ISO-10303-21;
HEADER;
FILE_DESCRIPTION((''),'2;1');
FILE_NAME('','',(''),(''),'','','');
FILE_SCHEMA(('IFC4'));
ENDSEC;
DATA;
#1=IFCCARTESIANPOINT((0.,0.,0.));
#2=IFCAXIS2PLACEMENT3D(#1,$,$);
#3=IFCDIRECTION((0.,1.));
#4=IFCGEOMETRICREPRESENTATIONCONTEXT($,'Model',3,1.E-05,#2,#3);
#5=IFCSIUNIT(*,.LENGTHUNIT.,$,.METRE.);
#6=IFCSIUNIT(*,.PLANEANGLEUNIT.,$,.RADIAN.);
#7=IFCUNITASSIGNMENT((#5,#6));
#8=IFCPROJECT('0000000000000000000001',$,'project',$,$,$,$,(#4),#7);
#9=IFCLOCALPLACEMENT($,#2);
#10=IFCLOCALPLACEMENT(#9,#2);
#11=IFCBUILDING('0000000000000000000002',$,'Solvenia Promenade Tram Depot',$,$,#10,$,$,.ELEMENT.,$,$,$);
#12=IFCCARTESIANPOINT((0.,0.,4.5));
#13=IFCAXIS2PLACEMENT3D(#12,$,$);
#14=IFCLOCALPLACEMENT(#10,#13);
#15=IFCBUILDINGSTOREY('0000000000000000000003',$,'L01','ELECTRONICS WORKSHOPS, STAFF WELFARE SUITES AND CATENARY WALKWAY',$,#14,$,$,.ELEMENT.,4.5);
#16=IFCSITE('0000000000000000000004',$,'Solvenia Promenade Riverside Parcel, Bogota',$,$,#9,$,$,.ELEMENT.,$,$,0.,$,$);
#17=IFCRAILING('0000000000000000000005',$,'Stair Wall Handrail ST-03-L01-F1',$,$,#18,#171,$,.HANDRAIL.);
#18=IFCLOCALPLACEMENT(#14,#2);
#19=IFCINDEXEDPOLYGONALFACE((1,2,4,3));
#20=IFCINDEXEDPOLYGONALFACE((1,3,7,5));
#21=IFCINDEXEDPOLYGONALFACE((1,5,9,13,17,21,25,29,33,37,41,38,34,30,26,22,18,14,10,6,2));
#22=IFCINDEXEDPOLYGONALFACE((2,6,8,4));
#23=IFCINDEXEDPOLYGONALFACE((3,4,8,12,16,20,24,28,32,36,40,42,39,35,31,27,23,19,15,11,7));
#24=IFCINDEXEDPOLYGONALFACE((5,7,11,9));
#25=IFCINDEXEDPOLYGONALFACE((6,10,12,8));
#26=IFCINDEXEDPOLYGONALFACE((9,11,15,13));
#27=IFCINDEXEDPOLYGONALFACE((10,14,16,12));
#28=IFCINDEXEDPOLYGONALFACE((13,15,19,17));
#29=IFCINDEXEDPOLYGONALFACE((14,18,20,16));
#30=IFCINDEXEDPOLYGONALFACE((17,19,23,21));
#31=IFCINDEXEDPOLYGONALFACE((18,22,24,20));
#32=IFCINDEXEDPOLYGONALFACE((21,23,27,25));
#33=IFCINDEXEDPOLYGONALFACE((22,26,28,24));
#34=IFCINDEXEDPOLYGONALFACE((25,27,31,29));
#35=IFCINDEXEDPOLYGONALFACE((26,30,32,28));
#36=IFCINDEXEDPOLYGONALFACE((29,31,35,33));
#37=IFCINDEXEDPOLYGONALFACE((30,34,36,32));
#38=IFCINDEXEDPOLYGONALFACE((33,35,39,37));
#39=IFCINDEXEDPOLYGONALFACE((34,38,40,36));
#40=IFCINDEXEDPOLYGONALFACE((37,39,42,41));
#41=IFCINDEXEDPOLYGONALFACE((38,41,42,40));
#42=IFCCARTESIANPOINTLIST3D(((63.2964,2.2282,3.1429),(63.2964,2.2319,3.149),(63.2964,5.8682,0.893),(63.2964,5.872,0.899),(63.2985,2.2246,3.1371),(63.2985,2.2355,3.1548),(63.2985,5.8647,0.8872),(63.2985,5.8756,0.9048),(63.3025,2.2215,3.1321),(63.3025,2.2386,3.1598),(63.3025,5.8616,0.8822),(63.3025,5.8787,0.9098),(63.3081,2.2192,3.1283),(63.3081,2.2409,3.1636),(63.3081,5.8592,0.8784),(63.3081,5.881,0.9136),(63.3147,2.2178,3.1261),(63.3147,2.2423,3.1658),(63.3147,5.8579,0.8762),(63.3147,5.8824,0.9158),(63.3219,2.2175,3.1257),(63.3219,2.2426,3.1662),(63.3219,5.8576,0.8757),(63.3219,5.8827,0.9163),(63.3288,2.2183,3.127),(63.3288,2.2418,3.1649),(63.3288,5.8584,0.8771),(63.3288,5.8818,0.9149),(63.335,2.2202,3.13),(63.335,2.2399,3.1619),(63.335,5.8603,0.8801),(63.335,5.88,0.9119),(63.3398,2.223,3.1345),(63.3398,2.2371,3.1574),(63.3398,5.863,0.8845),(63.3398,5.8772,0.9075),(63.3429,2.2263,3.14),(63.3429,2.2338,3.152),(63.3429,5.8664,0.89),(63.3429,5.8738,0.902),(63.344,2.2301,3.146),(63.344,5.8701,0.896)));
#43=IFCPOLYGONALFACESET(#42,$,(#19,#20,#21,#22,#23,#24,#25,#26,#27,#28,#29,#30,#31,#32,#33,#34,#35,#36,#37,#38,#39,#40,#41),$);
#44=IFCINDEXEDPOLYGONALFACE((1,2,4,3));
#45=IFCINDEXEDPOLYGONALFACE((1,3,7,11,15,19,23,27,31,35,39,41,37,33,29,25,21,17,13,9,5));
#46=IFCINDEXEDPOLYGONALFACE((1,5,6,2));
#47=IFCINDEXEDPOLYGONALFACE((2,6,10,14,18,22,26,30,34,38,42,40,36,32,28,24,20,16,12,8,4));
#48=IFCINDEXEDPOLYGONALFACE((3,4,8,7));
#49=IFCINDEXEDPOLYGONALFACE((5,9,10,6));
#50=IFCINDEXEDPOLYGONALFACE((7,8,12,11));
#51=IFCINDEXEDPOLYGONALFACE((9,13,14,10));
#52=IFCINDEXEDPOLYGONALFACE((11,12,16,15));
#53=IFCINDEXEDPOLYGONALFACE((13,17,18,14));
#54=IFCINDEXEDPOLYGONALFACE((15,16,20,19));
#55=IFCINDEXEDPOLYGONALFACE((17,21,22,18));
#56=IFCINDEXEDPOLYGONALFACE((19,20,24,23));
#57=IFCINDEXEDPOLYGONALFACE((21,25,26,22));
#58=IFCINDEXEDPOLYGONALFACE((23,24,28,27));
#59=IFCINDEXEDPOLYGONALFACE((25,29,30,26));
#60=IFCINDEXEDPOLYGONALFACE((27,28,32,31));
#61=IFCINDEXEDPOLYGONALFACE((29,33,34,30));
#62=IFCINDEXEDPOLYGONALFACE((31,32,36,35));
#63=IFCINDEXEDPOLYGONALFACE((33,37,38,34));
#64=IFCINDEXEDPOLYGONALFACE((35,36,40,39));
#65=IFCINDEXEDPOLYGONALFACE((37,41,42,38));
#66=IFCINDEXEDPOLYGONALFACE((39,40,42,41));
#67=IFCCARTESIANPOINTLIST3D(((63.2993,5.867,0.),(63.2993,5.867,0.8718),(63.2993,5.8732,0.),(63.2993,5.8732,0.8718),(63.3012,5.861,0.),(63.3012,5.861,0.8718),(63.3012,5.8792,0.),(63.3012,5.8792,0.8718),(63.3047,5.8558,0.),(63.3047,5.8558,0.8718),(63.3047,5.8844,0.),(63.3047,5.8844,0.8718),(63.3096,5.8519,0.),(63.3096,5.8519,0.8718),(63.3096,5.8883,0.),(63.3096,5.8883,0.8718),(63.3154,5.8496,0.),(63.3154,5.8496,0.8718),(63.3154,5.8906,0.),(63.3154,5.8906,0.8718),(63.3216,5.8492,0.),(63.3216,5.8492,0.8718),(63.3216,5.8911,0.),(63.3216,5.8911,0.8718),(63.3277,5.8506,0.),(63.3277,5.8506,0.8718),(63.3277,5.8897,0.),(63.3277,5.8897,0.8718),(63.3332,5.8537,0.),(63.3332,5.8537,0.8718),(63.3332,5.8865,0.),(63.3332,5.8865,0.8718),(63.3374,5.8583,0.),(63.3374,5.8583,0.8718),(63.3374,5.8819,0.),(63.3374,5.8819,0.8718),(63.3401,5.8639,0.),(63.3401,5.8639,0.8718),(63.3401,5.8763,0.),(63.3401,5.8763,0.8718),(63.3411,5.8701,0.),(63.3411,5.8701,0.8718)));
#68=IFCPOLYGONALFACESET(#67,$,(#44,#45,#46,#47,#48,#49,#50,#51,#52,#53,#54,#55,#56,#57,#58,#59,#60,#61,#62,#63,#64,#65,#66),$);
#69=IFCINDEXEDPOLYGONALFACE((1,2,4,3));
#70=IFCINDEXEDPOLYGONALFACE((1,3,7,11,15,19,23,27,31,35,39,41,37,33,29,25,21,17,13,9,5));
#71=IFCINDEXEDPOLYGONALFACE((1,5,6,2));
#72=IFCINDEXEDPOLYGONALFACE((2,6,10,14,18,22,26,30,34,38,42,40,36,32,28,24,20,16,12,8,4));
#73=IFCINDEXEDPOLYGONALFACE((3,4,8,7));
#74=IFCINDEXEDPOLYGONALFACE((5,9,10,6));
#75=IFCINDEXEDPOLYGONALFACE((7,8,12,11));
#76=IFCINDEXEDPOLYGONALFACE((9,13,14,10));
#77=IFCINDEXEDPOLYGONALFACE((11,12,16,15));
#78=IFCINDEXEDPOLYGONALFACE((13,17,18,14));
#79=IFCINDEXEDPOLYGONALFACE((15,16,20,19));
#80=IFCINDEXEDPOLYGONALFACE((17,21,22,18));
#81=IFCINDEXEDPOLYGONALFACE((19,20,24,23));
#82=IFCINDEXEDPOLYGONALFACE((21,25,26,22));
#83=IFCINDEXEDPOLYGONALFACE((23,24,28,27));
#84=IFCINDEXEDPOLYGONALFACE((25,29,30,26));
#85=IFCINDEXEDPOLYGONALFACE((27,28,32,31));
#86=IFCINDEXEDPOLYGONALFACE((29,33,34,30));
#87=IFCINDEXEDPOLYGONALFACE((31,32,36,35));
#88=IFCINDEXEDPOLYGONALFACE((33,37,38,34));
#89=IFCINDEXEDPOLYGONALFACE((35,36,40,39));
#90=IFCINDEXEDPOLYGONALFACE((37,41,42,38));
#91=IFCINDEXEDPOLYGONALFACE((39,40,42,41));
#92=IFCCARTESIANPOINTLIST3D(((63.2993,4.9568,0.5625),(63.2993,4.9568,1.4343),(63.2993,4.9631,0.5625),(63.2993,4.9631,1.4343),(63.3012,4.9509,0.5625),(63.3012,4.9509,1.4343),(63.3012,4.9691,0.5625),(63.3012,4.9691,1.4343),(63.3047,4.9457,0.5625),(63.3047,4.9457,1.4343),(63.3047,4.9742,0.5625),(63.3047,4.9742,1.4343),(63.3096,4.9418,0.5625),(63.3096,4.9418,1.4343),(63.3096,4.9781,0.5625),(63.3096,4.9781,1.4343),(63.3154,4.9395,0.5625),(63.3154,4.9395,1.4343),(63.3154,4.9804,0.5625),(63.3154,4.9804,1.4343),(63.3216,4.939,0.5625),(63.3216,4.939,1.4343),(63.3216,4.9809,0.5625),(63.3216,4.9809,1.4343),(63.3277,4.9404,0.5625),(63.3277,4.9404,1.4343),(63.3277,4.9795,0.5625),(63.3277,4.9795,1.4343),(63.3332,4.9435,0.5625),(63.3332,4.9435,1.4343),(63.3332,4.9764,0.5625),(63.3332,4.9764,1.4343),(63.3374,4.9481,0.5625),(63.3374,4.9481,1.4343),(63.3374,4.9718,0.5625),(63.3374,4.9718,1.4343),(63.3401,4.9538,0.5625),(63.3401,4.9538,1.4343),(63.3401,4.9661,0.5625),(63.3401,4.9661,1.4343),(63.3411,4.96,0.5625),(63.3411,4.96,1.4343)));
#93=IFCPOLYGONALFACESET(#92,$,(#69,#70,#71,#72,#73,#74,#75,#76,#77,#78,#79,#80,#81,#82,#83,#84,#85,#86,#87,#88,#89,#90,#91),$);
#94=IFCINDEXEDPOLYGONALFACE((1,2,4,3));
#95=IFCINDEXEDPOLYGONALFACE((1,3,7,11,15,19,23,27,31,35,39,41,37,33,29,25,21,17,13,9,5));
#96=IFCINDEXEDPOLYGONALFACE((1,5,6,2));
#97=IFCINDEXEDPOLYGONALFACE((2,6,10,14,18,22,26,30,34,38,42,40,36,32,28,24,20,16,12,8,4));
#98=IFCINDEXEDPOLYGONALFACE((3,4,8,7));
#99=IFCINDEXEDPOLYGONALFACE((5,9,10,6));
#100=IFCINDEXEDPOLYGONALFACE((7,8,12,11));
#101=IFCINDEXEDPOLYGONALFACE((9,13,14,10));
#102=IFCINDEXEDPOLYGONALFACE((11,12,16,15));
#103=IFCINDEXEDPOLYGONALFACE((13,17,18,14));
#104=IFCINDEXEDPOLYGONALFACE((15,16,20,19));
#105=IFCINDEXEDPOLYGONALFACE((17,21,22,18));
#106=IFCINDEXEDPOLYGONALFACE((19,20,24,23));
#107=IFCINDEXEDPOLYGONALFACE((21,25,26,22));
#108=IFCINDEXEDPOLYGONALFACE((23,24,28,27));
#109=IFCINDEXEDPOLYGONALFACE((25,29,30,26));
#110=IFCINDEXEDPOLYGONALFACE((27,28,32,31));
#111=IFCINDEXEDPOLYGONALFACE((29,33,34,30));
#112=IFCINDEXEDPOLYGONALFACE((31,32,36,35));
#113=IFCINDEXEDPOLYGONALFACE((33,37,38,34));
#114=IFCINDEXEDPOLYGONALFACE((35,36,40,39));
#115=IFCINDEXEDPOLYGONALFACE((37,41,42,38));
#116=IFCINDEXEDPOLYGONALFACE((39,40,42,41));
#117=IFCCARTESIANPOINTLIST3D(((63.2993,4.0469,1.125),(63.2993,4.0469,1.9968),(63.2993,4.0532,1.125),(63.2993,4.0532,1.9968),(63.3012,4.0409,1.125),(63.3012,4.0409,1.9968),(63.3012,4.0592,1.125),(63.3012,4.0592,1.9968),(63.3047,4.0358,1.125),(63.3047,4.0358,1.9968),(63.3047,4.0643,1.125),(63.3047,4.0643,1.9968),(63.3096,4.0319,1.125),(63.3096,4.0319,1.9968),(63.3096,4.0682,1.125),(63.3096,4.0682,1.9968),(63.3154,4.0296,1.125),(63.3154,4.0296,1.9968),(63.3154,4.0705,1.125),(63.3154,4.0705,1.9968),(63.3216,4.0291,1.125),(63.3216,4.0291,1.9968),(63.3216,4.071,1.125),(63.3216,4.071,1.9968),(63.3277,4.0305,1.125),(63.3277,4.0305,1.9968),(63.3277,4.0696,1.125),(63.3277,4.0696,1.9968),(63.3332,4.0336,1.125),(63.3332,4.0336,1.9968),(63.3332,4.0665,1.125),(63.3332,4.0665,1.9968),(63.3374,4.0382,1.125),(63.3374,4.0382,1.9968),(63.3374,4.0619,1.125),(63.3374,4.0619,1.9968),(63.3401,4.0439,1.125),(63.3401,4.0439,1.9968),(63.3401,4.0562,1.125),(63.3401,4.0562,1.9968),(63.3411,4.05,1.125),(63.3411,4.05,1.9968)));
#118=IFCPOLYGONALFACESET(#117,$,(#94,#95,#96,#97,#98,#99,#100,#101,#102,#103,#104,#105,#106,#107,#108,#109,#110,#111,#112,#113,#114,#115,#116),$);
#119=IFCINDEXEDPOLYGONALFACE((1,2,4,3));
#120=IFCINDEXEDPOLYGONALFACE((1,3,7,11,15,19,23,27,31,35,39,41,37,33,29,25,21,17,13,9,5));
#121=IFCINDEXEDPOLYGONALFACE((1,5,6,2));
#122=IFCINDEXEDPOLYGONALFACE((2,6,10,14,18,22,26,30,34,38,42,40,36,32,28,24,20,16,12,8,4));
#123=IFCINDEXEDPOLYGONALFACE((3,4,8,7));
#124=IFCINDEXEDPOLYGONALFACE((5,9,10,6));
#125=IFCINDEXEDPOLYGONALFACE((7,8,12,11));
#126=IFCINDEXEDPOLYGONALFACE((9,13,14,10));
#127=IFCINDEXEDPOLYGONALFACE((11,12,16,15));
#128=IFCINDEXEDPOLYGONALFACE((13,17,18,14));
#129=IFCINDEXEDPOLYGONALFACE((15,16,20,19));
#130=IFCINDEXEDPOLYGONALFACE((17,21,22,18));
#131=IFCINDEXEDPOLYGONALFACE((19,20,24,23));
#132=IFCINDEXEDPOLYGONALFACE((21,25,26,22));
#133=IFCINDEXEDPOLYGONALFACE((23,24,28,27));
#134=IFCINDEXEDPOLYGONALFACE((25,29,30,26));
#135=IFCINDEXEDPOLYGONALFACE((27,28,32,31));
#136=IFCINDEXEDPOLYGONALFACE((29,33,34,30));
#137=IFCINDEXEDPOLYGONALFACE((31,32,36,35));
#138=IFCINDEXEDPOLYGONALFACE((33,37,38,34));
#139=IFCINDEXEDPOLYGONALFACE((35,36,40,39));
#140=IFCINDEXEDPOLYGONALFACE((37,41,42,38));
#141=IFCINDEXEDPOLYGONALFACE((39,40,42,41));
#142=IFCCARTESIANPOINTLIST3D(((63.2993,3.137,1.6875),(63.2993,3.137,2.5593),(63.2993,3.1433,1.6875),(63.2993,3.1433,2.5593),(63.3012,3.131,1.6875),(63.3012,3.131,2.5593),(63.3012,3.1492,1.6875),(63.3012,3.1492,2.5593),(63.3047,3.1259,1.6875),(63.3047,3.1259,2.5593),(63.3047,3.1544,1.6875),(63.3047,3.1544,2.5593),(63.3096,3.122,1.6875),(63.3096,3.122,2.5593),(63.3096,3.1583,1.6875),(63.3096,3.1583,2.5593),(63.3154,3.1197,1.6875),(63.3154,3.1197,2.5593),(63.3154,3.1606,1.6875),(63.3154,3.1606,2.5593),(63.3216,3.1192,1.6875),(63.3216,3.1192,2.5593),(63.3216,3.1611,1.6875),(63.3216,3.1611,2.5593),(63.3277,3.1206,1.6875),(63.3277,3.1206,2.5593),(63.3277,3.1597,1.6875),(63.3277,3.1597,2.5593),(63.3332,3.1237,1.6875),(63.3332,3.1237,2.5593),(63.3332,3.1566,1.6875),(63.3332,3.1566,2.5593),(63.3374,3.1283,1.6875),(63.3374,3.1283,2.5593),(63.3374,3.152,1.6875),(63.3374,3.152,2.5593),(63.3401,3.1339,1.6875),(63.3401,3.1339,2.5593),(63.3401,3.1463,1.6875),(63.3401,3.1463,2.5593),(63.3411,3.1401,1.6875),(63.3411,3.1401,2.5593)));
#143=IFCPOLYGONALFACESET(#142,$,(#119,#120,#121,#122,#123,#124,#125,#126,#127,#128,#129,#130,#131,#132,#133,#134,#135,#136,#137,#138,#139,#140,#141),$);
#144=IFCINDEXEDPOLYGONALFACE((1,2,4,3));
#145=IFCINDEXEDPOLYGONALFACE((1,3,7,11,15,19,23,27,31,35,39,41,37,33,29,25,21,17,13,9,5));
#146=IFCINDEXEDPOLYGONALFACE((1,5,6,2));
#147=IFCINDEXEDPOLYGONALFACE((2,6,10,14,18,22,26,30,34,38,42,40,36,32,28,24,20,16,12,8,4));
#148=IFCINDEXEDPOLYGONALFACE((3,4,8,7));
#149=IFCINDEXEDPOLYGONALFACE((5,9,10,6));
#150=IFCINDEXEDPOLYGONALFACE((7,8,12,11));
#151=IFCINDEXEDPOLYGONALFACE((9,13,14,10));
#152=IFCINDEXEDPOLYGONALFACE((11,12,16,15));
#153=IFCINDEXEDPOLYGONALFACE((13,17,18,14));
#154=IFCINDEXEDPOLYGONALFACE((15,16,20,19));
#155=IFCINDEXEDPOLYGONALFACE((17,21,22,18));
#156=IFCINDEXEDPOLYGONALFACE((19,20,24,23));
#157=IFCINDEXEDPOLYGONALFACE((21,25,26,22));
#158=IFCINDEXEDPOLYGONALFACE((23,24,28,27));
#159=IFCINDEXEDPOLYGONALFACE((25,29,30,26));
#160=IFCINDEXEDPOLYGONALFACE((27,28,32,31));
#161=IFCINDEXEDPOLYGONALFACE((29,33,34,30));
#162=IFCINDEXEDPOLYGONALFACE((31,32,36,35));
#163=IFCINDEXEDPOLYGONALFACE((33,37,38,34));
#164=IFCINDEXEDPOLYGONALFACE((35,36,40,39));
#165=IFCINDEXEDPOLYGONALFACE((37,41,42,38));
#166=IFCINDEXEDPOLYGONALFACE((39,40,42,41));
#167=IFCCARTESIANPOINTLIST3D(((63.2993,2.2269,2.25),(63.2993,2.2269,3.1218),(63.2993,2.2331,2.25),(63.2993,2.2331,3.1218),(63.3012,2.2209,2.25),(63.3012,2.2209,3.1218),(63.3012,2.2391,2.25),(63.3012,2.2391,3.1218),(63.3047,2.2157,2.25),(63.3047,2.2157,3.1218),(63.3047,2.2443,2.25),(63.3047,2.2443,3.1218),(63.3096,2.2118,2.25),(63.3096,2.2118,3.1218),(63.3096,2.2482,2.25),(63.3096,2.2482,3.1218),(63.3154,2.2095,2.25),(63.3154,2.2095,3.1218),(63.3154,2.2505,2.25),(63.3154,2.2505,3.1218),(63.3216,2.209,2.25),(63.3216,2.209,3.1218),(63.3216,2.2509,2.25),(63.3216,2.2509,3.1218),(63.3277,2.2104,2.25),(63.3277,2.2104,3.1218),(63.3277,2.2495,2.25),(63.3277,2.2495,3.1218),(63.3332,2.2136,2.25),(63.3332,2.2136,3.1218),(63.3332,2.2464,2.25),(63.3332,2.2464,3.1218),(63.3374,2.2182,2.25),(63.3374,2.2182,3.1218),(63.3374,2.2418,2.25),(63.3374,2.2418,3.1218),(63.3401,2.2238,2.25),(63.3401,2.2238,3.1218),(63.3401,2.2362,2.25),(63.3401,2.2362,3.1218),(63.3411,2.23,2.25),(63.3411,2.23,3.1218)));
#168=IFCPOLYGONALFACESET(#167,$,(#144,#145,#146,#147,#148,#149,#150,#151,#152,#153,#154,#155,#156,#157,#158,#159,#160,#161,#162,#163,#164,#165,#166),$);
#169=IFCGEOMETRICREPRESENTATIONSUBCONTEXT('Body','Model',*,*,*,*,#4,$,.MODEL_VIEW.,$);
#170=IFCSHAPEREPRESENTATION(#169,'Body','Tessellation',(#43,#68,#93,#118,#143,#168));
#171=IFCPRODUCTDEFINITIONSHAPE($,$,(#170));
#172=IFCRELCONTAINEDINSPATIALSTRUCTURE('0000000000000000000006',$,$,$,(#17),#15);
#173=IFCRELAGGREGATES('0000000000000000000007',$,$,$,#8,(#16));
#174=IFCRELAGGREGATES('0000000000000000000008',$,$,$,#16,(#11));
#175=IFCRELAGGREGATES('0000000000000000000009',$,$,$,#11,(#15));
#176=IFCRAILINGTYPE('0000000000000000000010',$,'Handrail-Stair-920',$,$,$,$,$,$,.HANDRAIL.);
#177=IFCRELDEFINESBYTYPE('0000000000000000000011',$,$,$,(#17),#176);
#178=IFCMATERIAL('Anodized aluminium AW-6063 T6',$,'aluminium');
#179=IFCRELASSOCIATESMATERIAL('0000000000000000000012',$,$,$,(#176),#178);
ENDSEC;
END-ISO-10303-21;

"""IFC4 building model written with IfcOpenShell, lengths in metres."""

from ifc_helpers import new_model, si_unit, direction, frame, origin, origin_2d, place, context, subcontext, project, spatial, circle, extrude, material, type_object, element, save


model = new_model("IFC4")

# Units and contexts
model_context = context("Model", 3, precision=1e-05, world=origin(), true_north=direction((0.0, 1.0)))
body_context = subcontext(model_context, "Body", "Model", "MODEL_VIEW")
ifc_project = project(units=[si_unit("LENGTHUNIT", "METRE"), si_unit("PLANEANGLEUNIT", "RADIAN")], contexts=[model_context])

# Site, building, storey
site_placement = place(None, origin())
site = spatial("IfcSite", under=ifc_project, at=site_placement, Name="Solvenia Promenade Riverside Parcel, Bogota", CompositionType="ELEMENT", RefElevation=0.0)
building_placement = place(site_placement, origin())
building = spatial("IfcBuilding", under=site, at=building_placement, Name="Solvenia Promenade Tram Depot", CompositionType="ELEMENT")
storey_placement = place(building_placement, frame((0.0, 0.0, 4.5)))
storey = spatial("IfcBuildingStorey", under=building, at=storey_placement, Name="L01", Description="ELECTRONICS WORKSHOPS, STAFF WELFARE SUITES AND CATENARY WALKWAY", CompositionType="ELEMENT", Elevation=4.5)

# Shared definitions
ifc_material_1 = material(Name="Anodized aluminium AW-6063 T6", Category="aluminium")

# Railing
railing_type_1 = type_object("IfcRailingType", Name="Handrail-Stair-920", PredefinedType="HANDRAIL", material=ifc_material_1)
railing_1_placement = place(storey_placement, frame((63.3201, 5.8701, 0.0)))
element("IfcRailing", 1, at=railing_1_placement, inside=storey, type_object=railing_type_1, Name="Stair Wall Handrail ST-03-L01-F1", PredefinedType="HANDRAIL", context=body_context, shape_type="SweptSolid", body=[
    extrude(circle(Radius=0.0239, at=origin_2d()), frame((0.0, 0.0, 0.896), z_axis=(0.0, -0.850622, 0.525777), x_axis=(1.0, 0.0, 0.0)), (0.0, 0.0, 1.0), 4.2793),
    extrude(circle(Radius=0.021, at=origin_2d()), origin(), (0.0, 0.0, 1.0), 0.8718),
    extrude(circle(Radius=0.021, at=origin_2d()), frame((0.0, -0.9102, 0.5625)), (0.0, 0.0, 1.0), 0.8718),
    extrude(circle(Radius=0.021, at=origin_2d()), frame((0.0, -1.8201, 1.125)), (0.0, 0.0, 1.0), 0.8718),
    extrude(circle(Radius=0.021, at=origin_2d()), frame((0.0, -2.73, 1.6875)), (0.0, 0.0, 1.0), 0.8718),
    extrude(circle(Radius=0.021, at=origin_2d()), frame((0.0, -3.6401, 2.25)), (0.0, 0.0, 1.0), 0.8718),
])

save(model, "model.ifc")
